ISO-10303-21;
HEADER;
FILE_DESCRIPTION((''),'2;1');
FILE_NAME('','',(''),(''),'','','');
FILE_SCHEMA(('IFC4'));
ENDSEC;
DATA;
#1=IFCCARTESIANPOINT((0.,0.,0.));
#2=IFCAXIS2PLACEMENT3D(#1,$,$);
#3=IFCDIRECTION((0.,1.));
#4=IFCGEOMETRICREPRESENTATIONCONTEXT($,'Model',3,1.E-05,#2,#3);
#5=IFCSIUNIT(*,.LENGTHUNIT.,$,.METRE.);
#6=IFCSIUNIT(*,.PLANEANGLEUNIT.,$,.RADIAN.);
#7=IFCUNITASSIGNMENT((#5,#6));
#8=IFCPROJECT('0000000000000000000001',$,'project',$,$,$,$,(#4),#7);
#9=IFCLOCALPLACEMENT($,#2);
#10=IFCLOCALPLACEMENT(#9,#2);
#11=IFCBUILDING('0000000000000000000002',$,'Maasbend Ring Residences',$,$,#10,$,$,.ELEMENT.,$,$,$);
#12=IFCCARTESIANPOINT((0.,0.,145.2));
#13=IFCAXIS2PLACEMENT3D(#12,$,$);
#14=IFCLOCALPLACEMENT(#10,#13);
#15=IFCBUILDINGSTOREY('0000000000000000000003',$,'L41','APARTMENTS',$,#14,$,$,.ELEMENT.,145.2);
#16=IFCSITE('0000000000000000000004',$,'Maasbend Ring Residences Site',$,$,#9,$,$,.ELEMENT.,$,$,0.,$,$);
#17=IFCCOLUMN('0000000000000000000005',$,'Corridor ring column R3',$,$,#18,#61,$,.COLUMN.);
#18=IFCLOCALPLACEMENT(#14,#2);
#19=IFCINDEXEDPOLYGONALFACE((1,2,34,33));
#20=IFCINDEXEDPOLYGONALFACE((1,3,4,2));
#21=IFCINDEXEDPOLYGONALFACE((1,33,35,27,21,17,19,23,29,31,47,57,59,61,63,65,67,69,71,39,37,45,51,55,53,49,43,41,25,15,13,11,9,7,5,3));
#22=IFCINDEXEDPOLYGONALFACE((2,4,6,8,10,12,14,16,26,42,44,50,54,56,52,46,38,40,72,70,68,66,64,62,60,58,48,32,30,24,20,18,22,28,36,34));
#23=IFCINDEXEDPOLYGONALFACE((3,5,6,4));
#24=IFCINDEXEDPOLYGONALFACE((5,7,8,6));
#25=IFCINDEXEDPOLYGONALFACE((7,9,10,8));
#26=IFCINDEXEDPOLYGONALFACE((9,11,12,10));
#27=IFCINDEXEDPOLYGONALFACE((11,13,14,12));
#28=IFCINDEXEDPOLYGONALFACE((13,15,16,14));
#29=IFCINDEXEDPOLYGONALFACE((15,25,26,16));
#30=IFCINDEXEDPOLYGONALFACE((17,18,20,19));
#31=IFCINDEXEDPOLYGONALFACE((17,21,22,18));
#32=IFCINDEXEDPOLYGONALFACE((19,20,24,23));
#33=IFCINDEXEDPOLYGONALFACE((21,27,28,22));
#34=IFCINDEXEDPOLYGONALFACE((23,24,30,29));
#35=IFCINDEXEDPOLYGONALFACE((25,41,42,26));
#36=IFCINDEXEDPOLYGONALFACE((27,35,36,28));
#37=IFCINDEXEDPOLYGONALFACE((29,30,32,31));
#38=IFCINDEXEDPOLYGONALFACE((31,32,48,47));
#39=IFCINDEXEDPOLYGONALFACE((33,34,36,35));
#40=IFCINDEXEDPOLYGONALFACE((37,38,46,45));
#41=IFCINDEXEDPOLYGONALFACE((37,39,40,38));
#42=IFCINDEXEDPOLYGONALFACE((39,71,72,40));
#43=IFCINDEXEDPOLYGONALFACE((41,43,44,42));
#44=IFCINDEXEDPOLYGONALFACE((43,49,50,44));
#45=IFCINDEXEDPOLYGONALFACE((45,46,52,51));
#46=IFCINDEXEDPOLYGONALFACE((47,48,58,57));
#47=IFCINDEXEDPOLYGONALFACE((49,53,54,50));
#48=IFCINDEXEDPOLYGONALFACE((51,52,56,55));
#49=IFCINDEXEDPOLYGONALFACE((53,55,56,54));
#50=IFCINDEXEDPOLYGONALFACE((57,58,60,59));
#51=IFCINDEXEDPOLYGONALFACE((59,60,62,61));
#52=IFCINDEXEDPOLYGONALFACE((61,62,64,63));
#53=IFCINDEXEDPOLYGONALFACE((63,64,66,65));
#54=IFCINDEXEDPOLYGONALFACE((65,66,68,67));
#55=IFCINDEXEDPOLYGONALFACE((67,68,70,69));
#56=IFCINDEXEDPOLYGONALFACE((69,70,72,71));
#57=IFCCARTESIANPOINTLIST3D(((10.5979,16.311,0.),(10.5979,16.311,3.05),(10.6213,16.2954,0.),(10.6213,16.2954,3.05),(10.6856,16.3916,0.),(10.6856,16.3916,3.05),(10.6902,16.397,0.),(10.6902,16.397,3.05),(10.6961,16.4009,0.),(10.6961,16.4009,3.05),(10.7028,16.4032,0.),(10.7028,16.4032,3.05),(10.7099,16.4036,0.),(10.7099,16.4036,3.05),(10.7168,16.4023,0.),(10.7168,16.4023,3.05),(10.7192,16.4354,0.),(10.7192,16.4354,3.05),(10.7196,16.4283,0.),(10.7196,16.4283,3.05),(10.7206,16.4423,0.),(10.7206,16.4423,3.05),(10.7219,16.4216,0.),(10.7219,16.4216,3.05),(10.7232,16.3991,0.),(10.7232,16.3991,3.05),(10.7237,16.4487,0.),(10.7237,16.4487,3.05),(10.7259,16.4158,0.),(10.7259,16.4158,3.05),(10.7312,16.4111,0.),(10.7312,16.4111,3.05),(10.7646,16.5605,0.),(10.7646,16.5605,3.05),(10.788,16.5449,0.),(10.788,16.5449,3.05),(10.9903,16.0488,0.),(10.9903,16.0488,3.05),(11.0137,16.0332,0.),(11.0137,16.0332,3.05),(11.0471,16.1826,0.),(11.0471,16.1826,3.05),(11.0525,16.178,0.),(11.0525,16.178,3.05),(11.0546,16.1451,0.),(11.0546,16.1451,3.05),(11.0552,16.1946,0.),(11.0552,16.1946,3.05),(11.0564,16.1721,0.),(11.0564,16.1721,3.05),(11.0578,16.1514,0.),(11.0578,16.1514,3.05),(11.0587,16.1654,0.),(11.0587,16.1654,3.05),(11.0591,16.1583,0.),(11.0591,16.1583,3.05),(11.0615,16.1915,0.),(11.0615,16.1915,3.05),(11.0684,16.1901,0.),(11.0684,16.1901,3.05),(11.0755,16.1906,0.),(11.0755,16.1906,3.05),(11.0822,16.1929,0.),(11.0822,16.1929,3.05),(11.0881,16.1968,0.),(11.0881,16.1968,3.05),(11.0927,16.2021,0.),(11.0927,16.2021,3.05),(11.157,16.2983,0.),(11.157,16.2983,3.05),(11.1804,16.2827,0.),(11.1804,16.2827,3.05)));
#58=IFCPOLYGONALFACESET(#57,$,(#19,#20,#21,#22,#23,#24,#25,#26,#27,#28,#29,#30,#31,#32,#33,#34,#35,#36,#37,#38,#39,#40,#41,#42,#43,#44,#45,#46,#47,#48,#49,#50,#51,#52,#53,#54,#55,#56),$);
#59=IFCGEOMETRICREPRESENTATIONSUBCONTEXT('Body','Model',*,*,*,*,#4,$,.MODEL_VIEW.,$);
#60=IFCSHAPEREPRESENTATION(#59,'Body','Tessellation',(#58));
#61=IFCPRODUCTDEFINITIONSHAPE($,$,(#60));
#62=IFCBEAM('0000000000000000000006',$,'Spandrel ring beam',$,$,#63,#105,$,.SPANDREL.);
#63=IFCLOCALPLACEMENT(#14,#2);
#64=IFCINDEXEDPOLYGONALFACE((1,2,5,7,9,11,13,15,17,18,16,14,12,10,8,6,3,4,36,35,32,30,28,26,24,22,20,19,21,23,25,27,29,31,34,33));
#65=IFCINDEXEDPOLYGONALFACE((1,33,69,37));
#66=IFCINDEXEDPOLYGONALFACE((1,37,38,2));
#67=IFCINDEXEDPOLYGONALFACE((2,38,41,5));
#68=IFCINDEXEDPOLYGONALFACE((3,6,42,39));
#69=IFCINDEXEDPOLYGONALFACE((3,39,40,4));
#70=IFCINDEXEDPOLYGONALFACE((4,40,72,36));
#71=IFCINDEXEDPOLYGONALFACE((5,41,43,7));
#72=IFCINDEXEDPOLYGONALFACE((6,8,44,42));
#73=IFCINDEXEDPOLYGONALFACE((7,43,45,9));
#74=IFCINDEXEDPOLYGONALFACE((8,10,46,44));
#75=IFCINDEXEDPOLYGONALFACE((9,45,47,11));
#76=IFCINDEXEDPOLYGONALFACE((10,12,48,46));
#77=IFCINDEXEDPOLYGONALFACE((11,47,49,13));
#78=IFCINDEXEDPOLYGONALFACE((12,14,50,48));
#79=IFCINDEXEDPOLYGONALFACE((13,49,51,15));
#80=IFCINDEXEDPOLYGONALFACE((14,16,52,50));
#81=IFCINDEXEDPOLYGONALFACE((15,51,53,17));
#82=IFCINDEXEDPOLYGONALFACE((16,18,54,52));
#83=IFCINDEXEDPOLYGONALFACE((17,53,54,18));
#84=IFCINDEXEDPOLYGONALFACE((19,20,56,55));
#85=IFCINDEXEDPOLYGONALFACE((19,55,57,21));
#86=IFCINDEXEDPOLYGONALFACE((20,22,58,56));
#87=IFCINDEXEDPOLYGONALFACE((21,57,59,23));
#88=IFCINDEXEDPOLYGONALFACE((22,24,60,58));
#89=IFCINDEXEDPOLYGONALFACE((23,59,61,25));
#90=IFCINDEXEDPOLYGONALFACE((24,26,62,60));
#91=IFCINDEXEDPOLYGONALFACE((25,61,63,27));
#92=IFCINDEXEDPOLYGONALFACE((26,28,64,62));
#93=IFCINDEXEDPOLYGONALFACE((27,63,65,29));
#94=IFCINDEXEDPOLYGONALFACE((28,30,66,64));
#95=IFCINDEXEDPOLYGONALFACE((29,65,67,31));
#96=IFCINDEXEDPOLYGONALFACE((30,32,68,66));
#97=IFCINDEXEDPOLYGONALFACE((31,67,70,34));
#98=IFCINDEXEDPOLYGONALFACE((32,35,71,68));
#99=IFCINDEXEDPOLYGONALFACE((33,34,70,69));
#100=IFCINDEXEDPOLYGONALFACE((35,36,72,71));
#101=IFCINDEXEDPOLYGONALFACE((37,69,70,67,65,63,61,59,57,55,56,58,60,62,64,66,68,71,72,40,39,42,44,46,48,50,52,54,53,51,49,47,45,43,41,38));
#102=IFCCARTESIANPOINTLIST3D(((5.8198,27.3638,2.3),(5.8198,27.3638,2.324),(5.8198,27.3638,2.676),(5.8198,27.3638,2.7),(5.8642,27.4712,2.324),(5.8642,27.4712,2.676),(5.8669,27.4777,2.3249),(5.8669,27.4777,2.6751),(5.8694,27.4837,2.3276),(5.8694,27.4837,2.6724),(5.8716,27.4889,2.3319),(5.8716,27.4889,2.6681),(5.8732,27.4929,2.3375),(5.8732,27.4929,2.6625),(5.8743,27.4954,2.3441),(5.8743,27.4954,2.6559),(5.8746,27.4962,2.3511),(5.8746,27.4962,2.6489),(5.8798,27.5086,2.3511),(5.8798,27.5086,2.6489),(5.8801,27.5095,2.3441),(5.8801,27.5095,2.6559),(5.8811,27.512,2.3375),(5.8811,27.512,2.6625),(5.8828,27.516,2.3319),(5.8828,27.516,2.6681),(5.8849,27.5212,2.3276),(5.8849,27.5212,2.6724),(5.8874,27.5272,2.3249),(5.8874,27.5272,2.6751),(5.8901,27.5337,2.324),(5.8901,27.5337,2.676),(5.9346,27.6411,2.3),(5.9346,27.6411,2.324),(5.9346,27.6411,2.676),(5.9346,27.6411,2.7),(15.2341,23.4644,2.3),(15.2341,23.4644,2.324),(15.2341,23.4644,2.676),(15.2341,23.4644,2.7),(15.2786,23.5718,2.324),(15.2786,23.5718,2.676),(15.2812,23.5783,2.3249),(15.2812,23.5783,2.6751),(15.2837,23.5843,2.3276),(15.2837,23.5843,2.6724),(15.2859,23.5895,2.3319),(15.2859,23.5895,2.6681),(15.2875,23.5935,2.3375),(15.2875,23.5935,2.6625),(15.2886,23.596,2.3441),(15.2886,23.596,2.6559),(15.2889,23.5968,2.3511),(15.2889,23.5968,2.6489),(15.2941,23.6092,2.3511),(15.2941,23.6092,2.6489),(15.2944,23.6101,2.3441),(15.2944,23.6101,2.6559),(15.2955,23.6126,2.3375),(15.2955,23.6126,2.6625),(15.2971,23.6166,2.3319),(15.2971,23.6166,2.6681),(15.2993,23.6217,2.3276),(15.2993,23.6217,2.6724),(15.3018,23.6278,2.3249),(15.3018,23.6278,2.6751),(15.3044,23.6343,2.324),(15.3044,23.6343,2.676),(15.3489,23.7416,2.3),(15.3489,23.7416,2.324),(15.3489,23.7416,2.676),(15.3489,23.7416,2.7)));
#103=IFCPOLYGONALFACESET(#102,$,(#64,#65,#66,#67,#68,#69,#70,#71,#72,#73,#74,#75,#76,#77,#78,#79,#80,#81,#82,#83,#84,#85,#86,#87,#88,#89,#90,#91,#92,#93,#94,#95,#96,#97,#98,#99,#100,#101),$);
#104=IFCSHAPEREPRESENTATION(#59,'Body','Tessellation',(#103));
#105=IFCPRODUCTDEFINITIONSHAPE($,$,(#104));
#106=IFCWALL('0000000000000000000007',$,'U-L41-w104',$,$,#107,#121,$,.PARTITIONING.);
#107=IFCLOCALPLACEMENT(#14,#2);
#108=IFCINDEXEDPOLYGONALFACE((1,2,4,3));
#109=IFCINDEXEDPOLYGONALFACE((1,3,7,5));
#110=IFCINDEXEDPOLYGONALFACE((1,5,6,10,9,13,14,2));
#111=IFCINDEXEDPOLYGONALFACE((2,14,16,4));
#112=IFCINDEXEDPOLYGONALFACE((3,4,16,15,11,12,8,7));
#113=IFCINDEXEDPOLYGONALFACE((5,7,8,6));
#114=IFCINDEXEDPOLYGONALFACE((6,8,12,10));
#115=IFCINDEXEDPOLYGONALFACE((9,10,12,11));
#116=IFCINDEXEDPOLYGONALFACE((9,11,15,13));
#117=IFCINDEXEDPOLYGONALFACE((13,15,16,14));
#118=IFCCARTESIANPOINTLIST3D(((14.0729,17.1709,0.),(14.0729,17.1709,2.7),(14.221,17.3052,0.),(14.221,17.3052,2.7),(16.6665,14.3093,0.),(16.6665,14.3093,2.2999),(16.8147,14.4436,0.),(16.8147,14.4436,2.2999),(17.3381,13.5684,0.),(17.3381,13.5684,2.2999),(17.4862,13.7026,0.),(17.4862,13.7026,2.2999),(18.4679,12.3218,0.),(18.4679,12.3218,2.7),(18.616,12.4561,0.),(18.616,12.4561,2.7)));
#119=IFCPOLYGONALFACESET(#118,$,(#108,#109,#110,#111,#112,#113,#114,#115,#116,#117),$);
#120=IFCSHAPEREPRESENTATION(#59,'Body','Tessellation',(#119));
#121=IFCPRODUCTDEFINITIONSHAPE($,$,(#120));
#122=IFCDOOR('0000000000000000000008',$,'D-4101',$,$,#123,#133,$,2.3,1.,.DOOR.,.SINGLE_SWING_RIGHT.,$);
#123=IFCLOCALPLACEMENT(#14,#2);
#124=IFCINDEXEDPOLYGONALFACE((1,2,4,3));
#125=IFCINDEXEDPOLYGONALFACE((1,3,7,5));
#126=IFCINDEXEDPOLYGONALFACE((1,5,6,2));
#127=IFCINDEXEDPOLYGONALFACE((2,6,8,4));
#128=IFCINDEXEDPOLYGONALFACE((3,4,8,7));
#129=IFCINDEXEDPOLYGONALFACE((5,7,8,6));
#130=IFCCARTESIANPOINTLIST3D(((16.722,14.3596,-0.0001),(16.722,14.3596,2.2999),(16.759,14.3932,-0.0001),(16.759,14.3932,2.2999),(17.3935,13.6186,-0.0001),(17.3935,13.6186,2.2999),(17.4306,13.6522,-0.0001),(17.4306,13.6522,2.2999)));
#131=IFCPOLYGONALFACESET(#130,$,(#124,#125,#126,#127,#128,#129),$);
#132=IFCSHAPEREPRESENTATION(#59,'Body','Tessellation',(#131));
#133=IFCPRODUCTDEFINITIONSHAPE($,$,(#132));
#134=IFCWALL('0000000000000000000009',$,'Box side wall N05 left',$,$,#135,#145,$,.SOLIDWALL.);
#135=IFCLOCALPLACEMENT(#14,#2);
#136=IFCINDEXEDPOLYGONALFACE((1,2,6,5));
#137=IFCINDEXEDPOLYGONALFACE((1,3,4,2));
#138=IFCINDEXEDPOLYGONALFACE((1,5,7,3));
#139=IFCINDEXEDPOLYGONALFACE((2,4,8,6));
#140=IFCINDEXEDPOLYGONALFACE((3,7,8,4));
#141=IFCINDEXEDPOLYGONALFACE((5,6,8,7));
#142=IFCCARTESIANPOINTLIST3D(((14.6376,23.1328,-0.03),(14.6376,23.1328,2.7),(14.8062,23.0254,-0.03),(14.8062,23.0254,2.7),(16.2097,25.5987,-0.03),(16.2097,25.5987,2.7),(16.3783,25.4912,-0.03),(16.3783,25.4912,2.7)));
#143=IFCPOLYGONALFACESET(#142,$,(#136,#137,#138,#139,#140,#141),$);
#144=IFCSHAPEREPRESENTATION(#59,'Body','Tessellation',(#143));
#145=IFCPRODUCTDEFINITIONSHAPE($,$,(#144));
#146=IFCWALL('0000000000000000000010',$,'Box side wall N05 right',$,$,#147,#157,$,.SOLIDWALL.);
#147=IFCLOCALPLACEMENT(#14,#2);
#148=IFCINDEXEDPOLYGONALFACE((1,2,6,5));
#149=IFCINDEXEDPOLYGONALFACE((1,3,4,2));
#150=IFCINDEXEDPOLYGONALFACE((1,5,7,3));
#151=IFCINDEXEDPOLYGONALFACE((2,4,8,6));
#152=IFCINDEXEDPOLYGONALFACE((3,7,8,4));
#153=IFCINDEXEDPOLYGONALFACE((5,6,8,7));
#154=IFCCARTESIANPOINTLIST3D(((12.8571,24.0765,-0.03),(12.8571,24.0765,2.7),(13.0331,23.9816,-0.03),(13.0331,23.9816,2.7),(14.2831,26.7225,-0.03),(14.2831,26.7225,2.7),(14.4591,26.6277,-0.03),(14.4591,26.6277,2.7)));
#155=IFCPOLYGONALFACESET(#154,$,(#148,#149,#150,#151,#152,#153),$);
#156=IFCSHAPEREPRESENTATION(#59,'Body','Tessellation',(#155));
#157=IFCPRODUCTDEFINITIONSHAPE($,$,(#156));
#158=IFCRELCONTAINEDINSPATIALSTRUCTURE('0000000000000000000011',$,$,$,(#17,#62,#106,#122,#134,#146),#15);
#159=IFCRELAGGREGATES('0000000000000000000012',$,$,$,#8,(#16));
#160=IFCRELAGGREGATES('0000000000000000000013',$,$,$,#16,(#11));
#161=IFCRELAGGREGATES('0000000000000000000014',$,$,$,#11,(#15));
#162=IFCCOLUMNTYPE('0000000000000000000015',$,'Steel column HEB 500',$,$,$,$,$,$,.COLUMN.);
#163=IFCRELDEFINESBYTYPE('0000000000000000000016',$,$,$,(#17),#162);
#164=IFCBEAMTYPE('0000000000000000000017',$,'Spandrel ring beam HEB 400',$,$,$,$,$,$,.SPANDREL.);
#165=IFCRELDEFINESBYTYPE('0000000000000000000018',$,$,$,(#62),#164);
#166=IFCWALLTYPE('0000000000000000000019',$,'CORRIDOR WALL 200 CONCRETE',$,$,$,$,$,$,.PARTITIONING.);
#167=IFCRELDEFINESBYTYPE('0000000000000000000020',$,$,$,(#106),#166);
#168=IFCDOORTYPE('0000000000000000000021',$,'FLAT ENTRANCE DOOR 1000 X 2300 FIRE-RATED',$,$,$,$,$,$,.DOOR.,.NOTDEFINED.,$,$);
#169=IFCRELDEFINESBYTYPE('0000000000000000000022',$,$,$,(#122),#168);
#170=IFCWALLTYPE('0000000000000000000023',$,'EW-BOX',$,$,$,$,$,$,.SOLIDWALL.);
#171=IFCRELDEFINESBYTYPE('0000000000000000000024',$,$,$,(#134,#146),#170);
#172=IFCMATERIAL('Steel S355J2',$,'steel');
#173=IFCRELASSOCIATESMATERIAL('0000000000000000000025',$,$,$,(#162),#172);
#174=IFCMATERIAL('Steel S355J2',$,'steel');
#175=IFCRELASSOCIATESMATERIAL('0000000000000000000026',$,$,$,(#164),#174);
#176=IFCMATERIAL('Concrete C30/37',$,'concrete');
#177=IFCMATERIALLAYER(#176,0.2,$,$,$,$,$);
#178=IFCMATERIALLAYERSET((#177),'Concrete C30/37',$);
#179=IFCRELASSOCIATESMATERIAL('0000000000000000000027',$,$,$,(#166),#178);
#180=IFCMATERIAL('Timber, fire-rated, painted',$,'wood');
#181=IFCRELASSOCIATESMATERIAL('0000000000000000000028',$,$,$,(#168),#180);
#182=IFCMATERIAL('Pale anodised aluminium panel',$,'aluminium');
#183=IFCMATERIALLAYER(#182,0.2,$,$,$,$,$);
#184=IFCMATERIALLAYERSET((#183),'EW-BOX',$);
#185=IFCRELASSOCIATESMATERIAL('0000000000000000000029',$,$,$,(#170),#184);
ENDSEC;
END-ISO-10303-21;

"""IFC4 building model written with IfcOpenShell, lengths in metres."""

from ifc_helpers import new_model, si_unit, direction, frame, frame_2d, origin, origin_2d, place, context, subcontext, project, spatial, rectangle, i_section, extrude, material, layer, layer_set, material_profile, profile_set, type_object, element, fill, save


model = new_model("IFC4")

# Units and contexts
model_context = context("Model", 3, precision=1e-05, world=origin(), true_north=direction((0.0, 1.0)))
body_context = subcontext(model_context, "Body", "Model", "MODEL_VIEW")
ifc_project = project(units=[si_unit("LENGTHUNIT", "METRE"), si_unit("PLANEANGLEUNIT", "RADIAN")], contexts=[model_context])

# Site, building, storey
site_placement = place(None, origin())
site = spatial("IfcSite", under=ifc_project, at=site_placement, Name="Maasbend Ring Residences Site", CompositionType="ELEMENT", RefElevation=0.0)
building_placement = place(site_placement, origin())
building = spatial("IfcBuilding", under=site, at=building_placement, Name="Maasbend Ring Residences", CompositionType="ELEMENT")
storey_placement = place(building_placement, frame((0.0, 0.0, 145.2)))
storey = spatial("IfcBuildingStorey", under=building, at=storey_placement, Name="L41", Description="APARTMENTS", CompositionType="ELEMENT", Elevation=145.2)

# Column
ifc_material_1 = material(Name="Steel S355J2", Category="steel")
ifc_material_profile_1 = material_profile(ifc_material_1, i_section(OverallWidth=0.3, OverallDepth=0.5, WebThickness=0.0144, FlangeThickness=0.0281, FilletRadius=0.0271, at=origin_2d()), Name="HEB 500")
ifc_profile_set_1 = profile_set([ifc_material_profile_1], Name="Steel S355J2")
column_type = type_object("IfcColumnType", Name="Steel column HEB 500", PredefinedType="COLUMN", material=ifc_profile_set_1)
column_placement = place(storey_placement, frame((10.8892, 16.2969, 0.0), z_axis=(0.0, 0.0, 1.0), x_axis=(0.55557, 0.83147, 0.0)))
element("IfcColumn", 1, at=column_placement, inside=storey, type_object=column_type, Name="Corridor ring column R3", PredefinedType="COLUMN", context=body_context, shape_type="SweptSolid", body=[
    extrude(i_section(OverallWidth=0.3, OverallDepth=0.5, WebThickness=0.0144, FlangeThickness=0.0281, FilletRadius=0.0271, at=origin_2d()), origin(), (0.0, 0.0, 1.0), 3.05),
])

# Beam
ifc_material_2 = material(Name="Steel S355J2", Category="steel")
ifc_material_profile_2 = material_profile(ifc_material_2, i_section(OverallWidth=0.3, OverallDepth=0.3999, WebThickness=0.0134, FlangeThickness=0.0239, FilletRadius=0.0271, at=origin_2d()), Name="HEB 400")
ifc_profile_set_2 = profile_set([ifc_material_profile_2], Name="Steel S355J2")
beam_type = type_object("IfcBeamType", Name="Spandrel ring beam HEB 400", PredefinedType="SPANDREL", material=ifc_profile_set_2)
beam_placement = place(storey_placement, frame((15.2915, 23.603, 2.5), z_axis=(-0.923884, 0.382673, 0.0), x_axis=(-0.382673, -0.923884, 0.0)))
element("IfcBeam", 2, at=beam_placement, inside=storey, type_object=beam_type, Name="Spandrel ring beam", PredefinedType="SPANDREL", context=body_context, shape_type="SweptSolid", body=[
    extrude(i_section(OverallWidth=0.3, OverallDepth=0.3999, WebThickness=0.0134, FlangeThickness=0.0239, FilletRadius=0.0271, at=origin_2d()), origin(), (0.0, 0.0, 1.0), 10.1899),
])

# Wall, opening, door
ifc_material_3 = material(Name="Concrete C30/37", Category="concrete")
ifc_layer_1 = layer(ifc_material_3, 0.2)
ifc_layer_set_1 = layer_set([ifc_layer_1], Name="Concrete C30/37")
wall_type_1 = type_object("IfcWallType", Name="CORRIDOR WALL 200 CONCRETE", PredefinedType="PARTITIONING", material=ifc_layer_set_1)
wall_1_placement = place(storey_placement, frame((14.147, 17.238, 0.0), z_axis=(0.0, 0.0, 1.0), x_axis=(0.671562, -0.740949, 0.0)))
wall_1 = element("IfcWall", 3, at=wall_1_placement, inside=storey, type_object=wall_type_1, Name="U-L41-w104", PredefinedType="PARTITIONING", context=body_context, shape_type="SweptSolid", body=[
    extrude(rectangle(XDim=6.5444, YDim=0.2, at=frame_2d((3.2722, 0.0))), origin(), (0.0, 0.0, 1.0), 2.7),
])
opening_1_placement = place(wall_1_placement, frame((3.8621, 0.0, 0.0)))
opening_1 = element("IfcOpeningElement", 4, at=opening_1_placement, cuts=wall_1, PredefinedType="OPENING", context=body_context, shape_type="SweptSolid", body=[
    extrude(rectangle(XDim=1.0, YDim=2.3, at=frame_2d((0.5, 1.1499))), frame((0.0, 0.1099, 0.0), z_axis=(0.0, -1.0, 0.0), x_axis=(1.0, 0.0, 0.0)), (0.0, 0.0, 1.0), 0.22),
])
ifc_material_4 = material(Name="Timber, fire-rated, painted", Category="wood")
door_type_1 = type_object("IfcDoorType", Name="FLAT ENTRANCE DOOR 1000 X 2300 FIRE-RATED", OperationType="NOTDEFINED", PredefinedType="DOOR", material=ifc_material_4)
door_1_placement = place(opening_1_placement, origin())
door_1 = element("IfcDoor", 5, at=door_1_placement, inside=storey, type_object=door_type_1, Name="D-4101", OperationType="SINGLE_SWING_RIGHT", OverallHeight=2.3, OverallWidth=1.0, PredefinedType="DOOR", context=body_context, shape_type="SweptSolid", body=[
    extrude(rectangle(XDim=1.0, YDim=2.3, at=frame_2d((0.5, 1.1499))), frame((0.0, 0.0249, 0.0), z_axis=(0.0, -1.0, 0.0), x_axis=(1.0, 0.0, 0.0)), (0.0, 0.0, 1.0), 0.05),
])
fill(opening_1, door_1)

# Walls
ifc_material_5 = material(Name="Pale anodised aluminium panel", Category="aluminium")
ifc_layer_2 = layer(ifc_material_5, 0.2)
ifc_layer_set_2 = layer_set([ifc_layer_2], Name="EW-BOX")
wall_type_2 = type_object("IfcWallType", Name="EW-BOX", PredefinedType="SOLIDWALL", material=ifc_layer_set_2)
wall_2_placement = place(storey_placement, frame((14.7219, 23.0791, -0.03), z_axis=(0.0, 0.0, 1.0), x_axis=(0.537572, 0.843218, 0.0)))
element("IfcWall", 6, at=wall_2_placement, inside=storey, type_object=wall_type_2, Name="Box side wall N05 left", PredefinedType="SOLIDWALL", context=body_context, shape_type="SweptSolid", body=[
    extrude(rectangle(XDim=2.9243, YDim=0.2, at=frame_2d((1.4622, 0.0))), origin(), (0.0, 0.0, 1.0), 2.73),
])
wall_3_placement = place(storey_placement, frame((12.9451, 24.0291, -0.03), z_axis=(0.0, 0.0, 1.0), x_axis=(0.474424, 0.880296, 0.0)))
element("IfcWall", 7, at=wall_3_placement, inside=storey, type_object=wall_type_2, Name="Box side wall N05 right", PredefinedType="SOLIDWALL", context=body_context, shape_type="SweptSolid", body=[
    extrude(rectangle(XDim=3.0059, YDim=0.2, at=frame_2d((1.5029, 0.0))), origin(), (0.0, 0.0, 1.0), 2.73),
])

save(model, "model.ifc")
